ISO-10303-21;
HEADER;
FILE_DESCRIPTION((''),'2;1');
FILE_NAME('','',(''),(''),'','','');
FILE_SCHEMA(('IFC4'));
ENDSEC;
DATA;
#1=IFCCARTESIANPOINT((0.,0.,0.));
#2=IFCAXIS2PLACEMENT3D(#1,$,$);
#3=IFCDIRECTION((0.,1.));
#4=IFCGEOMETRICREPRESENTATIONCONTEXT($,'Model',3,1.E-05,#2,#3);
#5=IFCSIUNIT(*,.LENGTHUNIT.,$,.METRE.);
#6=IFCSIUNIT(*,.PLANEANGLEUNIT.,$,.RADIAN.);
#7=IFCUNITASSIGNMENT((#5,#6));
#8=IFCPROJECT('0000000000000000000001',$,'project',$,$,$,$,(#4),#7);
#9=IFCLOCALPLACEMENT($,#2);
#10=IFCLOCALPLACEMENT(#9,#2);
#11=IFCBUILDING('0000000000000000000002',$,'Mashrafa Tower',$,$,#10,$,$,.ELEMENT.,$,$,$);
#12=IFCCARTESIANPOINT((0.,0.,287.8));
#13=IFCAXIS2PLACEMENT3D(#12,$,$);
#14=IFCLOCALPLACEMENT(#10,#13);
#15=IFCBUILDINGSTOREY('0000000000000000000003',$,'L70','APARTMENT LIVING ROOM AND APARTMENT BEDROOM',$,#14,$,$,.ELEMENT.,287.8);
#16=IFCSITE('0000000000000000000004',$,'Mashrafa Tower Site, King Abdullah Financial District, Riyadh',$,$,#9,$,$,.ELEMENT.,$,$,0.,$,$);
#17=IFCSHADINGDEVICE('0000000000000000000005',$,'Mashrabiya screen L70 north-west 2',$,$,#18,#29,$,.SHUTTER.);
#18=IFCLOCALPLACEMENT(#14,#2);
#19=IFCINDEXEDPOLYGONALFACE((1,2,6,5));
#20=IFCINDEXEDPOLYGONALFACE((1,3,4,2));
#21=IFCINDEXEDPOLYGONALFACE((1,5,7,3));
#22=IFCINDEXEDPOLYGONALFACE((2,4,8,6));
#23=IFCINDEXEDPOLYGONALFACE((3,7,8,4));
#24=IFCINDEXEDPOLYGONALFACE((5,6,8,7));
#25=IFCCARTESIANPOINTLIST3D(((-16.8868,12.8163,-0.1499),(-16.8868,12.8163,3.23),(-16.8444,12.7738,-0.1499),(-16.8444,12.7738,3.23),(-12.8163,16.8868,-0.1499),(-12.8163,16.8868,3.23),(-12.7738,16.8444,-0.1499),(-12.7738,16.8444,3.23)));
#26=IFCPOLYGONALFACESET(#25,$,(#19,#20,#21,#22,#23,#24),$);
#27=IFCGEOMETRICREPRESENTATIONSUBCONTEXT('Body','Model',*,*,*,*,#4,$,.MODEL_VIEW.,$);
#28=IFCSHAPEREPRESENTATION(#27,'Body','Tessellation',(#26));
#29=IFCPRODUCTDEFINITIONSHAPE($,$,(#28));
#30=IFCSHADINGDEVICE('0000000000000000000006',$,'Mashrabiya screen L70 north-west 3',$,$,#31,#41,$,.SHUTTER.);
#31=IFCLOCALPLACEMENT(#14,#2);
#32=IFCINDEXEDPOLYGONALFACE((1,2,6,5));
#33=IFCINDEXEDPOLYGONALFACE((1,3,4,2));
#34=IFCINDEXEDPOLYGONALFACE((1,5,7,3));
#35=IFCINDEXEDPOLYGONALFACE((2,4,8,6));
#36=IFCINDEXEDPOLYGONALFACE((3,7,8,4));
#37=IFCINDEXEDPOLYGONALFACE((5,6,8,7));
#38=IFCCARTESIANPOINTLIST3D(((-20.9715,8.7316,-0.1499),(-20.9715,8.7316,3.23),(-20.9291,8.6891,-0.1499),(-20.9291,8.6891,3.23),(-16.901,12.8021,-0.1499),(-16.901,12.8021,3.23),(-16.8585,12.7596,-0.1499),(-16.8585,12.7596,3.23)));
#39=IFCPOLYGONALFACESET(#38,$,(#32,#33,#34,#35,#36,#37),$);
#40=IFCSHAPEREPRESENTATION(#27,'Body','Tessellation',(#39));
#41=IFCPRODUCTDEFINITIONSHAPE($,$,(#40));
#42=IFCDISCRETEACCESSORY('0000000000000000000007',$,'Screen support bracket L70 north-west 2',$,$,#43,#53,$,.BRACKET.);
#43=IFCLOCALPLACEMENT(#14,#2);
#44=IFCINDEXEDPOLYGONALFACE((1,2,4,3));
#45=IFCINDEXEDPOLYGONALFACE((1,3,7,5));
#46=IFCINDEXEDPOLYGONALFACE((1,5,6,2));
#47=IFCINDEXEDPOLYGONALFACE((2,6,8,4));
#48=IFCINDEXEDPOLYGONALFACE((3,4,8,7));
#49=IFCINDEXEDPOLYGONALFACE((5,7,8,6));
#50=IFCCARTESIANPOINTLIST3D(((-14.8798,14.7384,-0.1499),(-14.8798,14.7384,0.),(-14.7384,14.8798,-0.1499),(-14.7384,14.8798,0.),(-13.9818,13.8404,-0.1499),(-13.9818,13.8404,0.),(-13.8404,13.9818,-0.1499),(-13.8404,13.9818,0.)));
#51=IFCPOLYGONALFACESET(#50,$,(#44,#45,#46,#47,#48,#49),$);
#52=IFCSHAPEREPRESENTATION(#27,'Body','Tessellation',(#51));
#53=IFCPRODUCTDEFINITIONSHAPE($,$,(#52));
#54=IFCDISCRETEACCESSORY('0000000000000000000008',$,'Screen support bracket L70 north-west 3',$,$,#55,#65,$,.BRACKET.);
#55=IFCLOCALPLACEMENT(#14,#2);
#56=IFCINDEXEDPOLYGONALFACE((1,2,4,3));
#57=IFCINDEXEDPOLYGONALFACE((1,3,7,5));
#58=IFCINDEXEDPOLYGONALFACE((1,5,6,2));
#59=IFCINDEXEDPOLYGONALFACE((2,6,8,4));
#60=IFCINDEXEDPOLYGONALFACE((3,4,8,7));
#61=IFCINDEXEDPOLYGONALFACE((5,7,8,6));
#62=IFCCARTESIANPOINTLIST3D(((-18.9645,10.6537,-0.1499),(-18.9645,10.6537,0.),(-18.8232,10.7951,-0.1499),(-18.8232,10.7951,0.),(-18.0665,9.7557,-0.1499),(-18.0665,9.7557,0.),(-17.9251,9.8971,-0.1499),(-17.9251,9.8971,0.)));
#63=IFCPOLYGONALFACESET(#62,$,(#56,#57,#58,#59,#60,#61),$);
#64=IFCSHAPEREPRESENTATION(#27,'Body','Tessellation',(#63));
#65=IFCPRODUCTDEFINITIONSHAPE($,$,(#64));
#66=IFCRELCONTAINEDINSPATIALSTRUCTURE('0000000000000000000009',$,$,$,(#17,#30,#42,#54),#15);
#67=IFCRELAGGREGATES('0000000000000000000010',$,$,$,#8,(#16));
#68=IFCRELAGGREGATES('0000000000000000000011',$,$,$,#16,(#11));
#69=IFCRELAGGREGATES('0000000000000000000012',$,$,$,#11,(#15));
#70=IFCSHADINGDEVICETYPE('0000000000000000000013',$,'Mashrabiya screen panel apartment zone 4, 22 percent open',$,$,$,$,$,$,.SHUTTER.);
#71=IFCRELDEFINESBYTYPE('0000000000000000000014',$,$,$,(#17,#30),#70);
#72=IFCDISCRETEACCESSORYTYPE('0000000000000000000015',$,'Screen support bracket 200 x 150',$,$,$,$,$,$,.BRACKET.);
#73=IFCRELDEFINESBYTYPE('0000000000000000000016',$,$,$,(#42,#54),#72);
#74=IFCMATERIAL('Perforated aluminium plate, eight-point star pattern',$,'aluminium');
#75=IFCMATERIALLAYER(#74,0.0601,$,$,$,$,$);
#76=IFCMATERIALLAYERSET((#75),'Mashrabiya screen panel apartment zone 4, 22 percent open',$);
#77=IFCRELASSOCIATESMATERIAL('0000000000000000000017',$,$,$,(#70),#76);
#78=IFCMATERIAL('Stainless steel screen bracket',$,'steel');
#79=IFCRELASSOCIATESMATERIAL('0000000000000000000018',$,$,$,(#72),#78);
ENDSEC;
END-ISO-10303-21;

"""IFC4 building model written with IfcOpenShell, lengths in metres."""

from ifc_helpers import new_model, si_unit, direction, frame, origin, origin_2d, place, context, subcontext, project, spatial, rectangle, extrude, source, transform, mapped, material, layer, layer_set, type_object, type_shapes, element, save


model = new_model("IFC4")

# Units and contexts
model_context = context("Model", 3, precision=1e-05, world=origin(), true_north=direction((0.0, 1.0)))
body_context = subcontext(model_context, "Body", "Model", "MODEL_VIEW")
ifc_project = project(units=[si_unit("LENGTHUNIT", "METRE"), si_unit("PLANEANGLEUNIT", "RADIAN")], contexts=[model_context])

# Site, building, storey
site_placement = place(None, origin())
site = spatial("IfcSite", under=ifc_project, at=site_placement, Name="Mashrafa Tower Site, King Abdullah Financial District, Riyadh", CompositionType="ELEMENT", RefElevation=0.0)
building_placement = place(site_placement, origin())
building = spatial("IfcBuilding", under=site, at=building_placement, Name="Mashrafa Tower", CompositionType="ELEMENT")
storey_placement = place(building_placement, frame((0.0, 0.0, 287.8)))
storey = spatial("IfcBuildingStorey", under=building, at=storey_placement, Name="L70", Description="APARTMENT LIVING ROOM AND APARTMENT BEDROOM", CompositionType="ELEMENT", Elevation=287.8)

# Shading devices
ifc_material_1 = material(Name="Perforated aluminium plate, eight-point star pattern", Category="aluminium")
ifc_layer_1 = layer(ifc_material_1, 0.0601)
ifc_layer_set_1 = layer_set([ifc_layer_1], Name="Mashrabiya screen panel apartment zone 4, 22 percent open")
shading_device_type = type_object("IfcShadingDeviceType", Name="Mashrabiya screen panel apartment zone 4, 22 percent open", PredefinedType="SHUTTER", material=ifc_layer_set_1)
shared_shape_1 = source(origin(), body_context, "Body", "SweptSolid", [
    extrude(rectangle(XDim=5.7566, YDim=0.0601, at=origin_2d()), origin(), (0.0, 0.0, 1.0), 3.3799),
])
type_shapes(shading_device_type, [shared_shape_1])
for number, where, z_axis, x_axis, name in (
    (1, (-14.8303, 14.8303, -0.1499), (0.0, 0.0, 1.0), (-0.707107, -0.707107, 0.0), "Mashrabiya screen L70 north-west 2"),
    (2, (-18.915, 10.7456, -0.1499), (0.0, 0.0, 1.0), (-0.707107, -0.707107, 0.0), "Mashrabiya screen L70 north-west 3"),
):
    element("IfcShadingDevice", number, at=place(storey_placement, frame(where, z_axis=z_axis, x_axis=x_axis)), inside=storey, type_object=shading_device_type, Name=name, PredefinedType="SHUTTER", context=body_context, shape_type="MappedRepresentation", body=[
        mapped(shared_shape_1, transform((0.0, 0.0, 0.0))),
    ])

# Discrete accessories
ifc_material_2 = material(Name="Stainless steel screen bracket", Category="steel")
discrete_accessory_type = type_object("IfcDiscreteAccessoryType", Name="Screen support bracket 200 x 150", PredefinedType="BRACKET", material=ifc_material_2)
shared_shape_2 = source(origin(), body_context, "Body", "SweptSolid", [
    extrude(rectangle(XDim=0.2, YDim=1.27, at=origin_2d()), origin(), (0.0, 0.0, 1.0), 0.1499),
])
type_shapes(discrete_accessory_type, [shared_shape_2])
for number, where, z_axis, x_axis, name in (
    (3, (-14.3601, 14.3601, -0.1499), (0.0, 0.0, 1.0), (-0.707107, -0.707107, 0.0), "Screen support bracket L70 north-west 2"),
    (4, (-18.4448, 10.2754, -0.1499), (0.0, 0.0, 1.0), (-0.707107, -0.707107, 0.0), "Screen support bracket L70 north-west 3"),
):
    element("IfcDiscreteAccessory", number, at=place(storey_placement, frame(where, z_axis=z_axis, x_axis=x_axis)), inside=storey, type_object=discrete_accessory_type, Name=name, PredefinedType="BRACKET", context=body_context, shape_type="MappedRepresentation", body=[
        mapped(shared_shape_2, transform((0.0, 0.0, 0.0))),
    ])

save(model, "model.ifc")
